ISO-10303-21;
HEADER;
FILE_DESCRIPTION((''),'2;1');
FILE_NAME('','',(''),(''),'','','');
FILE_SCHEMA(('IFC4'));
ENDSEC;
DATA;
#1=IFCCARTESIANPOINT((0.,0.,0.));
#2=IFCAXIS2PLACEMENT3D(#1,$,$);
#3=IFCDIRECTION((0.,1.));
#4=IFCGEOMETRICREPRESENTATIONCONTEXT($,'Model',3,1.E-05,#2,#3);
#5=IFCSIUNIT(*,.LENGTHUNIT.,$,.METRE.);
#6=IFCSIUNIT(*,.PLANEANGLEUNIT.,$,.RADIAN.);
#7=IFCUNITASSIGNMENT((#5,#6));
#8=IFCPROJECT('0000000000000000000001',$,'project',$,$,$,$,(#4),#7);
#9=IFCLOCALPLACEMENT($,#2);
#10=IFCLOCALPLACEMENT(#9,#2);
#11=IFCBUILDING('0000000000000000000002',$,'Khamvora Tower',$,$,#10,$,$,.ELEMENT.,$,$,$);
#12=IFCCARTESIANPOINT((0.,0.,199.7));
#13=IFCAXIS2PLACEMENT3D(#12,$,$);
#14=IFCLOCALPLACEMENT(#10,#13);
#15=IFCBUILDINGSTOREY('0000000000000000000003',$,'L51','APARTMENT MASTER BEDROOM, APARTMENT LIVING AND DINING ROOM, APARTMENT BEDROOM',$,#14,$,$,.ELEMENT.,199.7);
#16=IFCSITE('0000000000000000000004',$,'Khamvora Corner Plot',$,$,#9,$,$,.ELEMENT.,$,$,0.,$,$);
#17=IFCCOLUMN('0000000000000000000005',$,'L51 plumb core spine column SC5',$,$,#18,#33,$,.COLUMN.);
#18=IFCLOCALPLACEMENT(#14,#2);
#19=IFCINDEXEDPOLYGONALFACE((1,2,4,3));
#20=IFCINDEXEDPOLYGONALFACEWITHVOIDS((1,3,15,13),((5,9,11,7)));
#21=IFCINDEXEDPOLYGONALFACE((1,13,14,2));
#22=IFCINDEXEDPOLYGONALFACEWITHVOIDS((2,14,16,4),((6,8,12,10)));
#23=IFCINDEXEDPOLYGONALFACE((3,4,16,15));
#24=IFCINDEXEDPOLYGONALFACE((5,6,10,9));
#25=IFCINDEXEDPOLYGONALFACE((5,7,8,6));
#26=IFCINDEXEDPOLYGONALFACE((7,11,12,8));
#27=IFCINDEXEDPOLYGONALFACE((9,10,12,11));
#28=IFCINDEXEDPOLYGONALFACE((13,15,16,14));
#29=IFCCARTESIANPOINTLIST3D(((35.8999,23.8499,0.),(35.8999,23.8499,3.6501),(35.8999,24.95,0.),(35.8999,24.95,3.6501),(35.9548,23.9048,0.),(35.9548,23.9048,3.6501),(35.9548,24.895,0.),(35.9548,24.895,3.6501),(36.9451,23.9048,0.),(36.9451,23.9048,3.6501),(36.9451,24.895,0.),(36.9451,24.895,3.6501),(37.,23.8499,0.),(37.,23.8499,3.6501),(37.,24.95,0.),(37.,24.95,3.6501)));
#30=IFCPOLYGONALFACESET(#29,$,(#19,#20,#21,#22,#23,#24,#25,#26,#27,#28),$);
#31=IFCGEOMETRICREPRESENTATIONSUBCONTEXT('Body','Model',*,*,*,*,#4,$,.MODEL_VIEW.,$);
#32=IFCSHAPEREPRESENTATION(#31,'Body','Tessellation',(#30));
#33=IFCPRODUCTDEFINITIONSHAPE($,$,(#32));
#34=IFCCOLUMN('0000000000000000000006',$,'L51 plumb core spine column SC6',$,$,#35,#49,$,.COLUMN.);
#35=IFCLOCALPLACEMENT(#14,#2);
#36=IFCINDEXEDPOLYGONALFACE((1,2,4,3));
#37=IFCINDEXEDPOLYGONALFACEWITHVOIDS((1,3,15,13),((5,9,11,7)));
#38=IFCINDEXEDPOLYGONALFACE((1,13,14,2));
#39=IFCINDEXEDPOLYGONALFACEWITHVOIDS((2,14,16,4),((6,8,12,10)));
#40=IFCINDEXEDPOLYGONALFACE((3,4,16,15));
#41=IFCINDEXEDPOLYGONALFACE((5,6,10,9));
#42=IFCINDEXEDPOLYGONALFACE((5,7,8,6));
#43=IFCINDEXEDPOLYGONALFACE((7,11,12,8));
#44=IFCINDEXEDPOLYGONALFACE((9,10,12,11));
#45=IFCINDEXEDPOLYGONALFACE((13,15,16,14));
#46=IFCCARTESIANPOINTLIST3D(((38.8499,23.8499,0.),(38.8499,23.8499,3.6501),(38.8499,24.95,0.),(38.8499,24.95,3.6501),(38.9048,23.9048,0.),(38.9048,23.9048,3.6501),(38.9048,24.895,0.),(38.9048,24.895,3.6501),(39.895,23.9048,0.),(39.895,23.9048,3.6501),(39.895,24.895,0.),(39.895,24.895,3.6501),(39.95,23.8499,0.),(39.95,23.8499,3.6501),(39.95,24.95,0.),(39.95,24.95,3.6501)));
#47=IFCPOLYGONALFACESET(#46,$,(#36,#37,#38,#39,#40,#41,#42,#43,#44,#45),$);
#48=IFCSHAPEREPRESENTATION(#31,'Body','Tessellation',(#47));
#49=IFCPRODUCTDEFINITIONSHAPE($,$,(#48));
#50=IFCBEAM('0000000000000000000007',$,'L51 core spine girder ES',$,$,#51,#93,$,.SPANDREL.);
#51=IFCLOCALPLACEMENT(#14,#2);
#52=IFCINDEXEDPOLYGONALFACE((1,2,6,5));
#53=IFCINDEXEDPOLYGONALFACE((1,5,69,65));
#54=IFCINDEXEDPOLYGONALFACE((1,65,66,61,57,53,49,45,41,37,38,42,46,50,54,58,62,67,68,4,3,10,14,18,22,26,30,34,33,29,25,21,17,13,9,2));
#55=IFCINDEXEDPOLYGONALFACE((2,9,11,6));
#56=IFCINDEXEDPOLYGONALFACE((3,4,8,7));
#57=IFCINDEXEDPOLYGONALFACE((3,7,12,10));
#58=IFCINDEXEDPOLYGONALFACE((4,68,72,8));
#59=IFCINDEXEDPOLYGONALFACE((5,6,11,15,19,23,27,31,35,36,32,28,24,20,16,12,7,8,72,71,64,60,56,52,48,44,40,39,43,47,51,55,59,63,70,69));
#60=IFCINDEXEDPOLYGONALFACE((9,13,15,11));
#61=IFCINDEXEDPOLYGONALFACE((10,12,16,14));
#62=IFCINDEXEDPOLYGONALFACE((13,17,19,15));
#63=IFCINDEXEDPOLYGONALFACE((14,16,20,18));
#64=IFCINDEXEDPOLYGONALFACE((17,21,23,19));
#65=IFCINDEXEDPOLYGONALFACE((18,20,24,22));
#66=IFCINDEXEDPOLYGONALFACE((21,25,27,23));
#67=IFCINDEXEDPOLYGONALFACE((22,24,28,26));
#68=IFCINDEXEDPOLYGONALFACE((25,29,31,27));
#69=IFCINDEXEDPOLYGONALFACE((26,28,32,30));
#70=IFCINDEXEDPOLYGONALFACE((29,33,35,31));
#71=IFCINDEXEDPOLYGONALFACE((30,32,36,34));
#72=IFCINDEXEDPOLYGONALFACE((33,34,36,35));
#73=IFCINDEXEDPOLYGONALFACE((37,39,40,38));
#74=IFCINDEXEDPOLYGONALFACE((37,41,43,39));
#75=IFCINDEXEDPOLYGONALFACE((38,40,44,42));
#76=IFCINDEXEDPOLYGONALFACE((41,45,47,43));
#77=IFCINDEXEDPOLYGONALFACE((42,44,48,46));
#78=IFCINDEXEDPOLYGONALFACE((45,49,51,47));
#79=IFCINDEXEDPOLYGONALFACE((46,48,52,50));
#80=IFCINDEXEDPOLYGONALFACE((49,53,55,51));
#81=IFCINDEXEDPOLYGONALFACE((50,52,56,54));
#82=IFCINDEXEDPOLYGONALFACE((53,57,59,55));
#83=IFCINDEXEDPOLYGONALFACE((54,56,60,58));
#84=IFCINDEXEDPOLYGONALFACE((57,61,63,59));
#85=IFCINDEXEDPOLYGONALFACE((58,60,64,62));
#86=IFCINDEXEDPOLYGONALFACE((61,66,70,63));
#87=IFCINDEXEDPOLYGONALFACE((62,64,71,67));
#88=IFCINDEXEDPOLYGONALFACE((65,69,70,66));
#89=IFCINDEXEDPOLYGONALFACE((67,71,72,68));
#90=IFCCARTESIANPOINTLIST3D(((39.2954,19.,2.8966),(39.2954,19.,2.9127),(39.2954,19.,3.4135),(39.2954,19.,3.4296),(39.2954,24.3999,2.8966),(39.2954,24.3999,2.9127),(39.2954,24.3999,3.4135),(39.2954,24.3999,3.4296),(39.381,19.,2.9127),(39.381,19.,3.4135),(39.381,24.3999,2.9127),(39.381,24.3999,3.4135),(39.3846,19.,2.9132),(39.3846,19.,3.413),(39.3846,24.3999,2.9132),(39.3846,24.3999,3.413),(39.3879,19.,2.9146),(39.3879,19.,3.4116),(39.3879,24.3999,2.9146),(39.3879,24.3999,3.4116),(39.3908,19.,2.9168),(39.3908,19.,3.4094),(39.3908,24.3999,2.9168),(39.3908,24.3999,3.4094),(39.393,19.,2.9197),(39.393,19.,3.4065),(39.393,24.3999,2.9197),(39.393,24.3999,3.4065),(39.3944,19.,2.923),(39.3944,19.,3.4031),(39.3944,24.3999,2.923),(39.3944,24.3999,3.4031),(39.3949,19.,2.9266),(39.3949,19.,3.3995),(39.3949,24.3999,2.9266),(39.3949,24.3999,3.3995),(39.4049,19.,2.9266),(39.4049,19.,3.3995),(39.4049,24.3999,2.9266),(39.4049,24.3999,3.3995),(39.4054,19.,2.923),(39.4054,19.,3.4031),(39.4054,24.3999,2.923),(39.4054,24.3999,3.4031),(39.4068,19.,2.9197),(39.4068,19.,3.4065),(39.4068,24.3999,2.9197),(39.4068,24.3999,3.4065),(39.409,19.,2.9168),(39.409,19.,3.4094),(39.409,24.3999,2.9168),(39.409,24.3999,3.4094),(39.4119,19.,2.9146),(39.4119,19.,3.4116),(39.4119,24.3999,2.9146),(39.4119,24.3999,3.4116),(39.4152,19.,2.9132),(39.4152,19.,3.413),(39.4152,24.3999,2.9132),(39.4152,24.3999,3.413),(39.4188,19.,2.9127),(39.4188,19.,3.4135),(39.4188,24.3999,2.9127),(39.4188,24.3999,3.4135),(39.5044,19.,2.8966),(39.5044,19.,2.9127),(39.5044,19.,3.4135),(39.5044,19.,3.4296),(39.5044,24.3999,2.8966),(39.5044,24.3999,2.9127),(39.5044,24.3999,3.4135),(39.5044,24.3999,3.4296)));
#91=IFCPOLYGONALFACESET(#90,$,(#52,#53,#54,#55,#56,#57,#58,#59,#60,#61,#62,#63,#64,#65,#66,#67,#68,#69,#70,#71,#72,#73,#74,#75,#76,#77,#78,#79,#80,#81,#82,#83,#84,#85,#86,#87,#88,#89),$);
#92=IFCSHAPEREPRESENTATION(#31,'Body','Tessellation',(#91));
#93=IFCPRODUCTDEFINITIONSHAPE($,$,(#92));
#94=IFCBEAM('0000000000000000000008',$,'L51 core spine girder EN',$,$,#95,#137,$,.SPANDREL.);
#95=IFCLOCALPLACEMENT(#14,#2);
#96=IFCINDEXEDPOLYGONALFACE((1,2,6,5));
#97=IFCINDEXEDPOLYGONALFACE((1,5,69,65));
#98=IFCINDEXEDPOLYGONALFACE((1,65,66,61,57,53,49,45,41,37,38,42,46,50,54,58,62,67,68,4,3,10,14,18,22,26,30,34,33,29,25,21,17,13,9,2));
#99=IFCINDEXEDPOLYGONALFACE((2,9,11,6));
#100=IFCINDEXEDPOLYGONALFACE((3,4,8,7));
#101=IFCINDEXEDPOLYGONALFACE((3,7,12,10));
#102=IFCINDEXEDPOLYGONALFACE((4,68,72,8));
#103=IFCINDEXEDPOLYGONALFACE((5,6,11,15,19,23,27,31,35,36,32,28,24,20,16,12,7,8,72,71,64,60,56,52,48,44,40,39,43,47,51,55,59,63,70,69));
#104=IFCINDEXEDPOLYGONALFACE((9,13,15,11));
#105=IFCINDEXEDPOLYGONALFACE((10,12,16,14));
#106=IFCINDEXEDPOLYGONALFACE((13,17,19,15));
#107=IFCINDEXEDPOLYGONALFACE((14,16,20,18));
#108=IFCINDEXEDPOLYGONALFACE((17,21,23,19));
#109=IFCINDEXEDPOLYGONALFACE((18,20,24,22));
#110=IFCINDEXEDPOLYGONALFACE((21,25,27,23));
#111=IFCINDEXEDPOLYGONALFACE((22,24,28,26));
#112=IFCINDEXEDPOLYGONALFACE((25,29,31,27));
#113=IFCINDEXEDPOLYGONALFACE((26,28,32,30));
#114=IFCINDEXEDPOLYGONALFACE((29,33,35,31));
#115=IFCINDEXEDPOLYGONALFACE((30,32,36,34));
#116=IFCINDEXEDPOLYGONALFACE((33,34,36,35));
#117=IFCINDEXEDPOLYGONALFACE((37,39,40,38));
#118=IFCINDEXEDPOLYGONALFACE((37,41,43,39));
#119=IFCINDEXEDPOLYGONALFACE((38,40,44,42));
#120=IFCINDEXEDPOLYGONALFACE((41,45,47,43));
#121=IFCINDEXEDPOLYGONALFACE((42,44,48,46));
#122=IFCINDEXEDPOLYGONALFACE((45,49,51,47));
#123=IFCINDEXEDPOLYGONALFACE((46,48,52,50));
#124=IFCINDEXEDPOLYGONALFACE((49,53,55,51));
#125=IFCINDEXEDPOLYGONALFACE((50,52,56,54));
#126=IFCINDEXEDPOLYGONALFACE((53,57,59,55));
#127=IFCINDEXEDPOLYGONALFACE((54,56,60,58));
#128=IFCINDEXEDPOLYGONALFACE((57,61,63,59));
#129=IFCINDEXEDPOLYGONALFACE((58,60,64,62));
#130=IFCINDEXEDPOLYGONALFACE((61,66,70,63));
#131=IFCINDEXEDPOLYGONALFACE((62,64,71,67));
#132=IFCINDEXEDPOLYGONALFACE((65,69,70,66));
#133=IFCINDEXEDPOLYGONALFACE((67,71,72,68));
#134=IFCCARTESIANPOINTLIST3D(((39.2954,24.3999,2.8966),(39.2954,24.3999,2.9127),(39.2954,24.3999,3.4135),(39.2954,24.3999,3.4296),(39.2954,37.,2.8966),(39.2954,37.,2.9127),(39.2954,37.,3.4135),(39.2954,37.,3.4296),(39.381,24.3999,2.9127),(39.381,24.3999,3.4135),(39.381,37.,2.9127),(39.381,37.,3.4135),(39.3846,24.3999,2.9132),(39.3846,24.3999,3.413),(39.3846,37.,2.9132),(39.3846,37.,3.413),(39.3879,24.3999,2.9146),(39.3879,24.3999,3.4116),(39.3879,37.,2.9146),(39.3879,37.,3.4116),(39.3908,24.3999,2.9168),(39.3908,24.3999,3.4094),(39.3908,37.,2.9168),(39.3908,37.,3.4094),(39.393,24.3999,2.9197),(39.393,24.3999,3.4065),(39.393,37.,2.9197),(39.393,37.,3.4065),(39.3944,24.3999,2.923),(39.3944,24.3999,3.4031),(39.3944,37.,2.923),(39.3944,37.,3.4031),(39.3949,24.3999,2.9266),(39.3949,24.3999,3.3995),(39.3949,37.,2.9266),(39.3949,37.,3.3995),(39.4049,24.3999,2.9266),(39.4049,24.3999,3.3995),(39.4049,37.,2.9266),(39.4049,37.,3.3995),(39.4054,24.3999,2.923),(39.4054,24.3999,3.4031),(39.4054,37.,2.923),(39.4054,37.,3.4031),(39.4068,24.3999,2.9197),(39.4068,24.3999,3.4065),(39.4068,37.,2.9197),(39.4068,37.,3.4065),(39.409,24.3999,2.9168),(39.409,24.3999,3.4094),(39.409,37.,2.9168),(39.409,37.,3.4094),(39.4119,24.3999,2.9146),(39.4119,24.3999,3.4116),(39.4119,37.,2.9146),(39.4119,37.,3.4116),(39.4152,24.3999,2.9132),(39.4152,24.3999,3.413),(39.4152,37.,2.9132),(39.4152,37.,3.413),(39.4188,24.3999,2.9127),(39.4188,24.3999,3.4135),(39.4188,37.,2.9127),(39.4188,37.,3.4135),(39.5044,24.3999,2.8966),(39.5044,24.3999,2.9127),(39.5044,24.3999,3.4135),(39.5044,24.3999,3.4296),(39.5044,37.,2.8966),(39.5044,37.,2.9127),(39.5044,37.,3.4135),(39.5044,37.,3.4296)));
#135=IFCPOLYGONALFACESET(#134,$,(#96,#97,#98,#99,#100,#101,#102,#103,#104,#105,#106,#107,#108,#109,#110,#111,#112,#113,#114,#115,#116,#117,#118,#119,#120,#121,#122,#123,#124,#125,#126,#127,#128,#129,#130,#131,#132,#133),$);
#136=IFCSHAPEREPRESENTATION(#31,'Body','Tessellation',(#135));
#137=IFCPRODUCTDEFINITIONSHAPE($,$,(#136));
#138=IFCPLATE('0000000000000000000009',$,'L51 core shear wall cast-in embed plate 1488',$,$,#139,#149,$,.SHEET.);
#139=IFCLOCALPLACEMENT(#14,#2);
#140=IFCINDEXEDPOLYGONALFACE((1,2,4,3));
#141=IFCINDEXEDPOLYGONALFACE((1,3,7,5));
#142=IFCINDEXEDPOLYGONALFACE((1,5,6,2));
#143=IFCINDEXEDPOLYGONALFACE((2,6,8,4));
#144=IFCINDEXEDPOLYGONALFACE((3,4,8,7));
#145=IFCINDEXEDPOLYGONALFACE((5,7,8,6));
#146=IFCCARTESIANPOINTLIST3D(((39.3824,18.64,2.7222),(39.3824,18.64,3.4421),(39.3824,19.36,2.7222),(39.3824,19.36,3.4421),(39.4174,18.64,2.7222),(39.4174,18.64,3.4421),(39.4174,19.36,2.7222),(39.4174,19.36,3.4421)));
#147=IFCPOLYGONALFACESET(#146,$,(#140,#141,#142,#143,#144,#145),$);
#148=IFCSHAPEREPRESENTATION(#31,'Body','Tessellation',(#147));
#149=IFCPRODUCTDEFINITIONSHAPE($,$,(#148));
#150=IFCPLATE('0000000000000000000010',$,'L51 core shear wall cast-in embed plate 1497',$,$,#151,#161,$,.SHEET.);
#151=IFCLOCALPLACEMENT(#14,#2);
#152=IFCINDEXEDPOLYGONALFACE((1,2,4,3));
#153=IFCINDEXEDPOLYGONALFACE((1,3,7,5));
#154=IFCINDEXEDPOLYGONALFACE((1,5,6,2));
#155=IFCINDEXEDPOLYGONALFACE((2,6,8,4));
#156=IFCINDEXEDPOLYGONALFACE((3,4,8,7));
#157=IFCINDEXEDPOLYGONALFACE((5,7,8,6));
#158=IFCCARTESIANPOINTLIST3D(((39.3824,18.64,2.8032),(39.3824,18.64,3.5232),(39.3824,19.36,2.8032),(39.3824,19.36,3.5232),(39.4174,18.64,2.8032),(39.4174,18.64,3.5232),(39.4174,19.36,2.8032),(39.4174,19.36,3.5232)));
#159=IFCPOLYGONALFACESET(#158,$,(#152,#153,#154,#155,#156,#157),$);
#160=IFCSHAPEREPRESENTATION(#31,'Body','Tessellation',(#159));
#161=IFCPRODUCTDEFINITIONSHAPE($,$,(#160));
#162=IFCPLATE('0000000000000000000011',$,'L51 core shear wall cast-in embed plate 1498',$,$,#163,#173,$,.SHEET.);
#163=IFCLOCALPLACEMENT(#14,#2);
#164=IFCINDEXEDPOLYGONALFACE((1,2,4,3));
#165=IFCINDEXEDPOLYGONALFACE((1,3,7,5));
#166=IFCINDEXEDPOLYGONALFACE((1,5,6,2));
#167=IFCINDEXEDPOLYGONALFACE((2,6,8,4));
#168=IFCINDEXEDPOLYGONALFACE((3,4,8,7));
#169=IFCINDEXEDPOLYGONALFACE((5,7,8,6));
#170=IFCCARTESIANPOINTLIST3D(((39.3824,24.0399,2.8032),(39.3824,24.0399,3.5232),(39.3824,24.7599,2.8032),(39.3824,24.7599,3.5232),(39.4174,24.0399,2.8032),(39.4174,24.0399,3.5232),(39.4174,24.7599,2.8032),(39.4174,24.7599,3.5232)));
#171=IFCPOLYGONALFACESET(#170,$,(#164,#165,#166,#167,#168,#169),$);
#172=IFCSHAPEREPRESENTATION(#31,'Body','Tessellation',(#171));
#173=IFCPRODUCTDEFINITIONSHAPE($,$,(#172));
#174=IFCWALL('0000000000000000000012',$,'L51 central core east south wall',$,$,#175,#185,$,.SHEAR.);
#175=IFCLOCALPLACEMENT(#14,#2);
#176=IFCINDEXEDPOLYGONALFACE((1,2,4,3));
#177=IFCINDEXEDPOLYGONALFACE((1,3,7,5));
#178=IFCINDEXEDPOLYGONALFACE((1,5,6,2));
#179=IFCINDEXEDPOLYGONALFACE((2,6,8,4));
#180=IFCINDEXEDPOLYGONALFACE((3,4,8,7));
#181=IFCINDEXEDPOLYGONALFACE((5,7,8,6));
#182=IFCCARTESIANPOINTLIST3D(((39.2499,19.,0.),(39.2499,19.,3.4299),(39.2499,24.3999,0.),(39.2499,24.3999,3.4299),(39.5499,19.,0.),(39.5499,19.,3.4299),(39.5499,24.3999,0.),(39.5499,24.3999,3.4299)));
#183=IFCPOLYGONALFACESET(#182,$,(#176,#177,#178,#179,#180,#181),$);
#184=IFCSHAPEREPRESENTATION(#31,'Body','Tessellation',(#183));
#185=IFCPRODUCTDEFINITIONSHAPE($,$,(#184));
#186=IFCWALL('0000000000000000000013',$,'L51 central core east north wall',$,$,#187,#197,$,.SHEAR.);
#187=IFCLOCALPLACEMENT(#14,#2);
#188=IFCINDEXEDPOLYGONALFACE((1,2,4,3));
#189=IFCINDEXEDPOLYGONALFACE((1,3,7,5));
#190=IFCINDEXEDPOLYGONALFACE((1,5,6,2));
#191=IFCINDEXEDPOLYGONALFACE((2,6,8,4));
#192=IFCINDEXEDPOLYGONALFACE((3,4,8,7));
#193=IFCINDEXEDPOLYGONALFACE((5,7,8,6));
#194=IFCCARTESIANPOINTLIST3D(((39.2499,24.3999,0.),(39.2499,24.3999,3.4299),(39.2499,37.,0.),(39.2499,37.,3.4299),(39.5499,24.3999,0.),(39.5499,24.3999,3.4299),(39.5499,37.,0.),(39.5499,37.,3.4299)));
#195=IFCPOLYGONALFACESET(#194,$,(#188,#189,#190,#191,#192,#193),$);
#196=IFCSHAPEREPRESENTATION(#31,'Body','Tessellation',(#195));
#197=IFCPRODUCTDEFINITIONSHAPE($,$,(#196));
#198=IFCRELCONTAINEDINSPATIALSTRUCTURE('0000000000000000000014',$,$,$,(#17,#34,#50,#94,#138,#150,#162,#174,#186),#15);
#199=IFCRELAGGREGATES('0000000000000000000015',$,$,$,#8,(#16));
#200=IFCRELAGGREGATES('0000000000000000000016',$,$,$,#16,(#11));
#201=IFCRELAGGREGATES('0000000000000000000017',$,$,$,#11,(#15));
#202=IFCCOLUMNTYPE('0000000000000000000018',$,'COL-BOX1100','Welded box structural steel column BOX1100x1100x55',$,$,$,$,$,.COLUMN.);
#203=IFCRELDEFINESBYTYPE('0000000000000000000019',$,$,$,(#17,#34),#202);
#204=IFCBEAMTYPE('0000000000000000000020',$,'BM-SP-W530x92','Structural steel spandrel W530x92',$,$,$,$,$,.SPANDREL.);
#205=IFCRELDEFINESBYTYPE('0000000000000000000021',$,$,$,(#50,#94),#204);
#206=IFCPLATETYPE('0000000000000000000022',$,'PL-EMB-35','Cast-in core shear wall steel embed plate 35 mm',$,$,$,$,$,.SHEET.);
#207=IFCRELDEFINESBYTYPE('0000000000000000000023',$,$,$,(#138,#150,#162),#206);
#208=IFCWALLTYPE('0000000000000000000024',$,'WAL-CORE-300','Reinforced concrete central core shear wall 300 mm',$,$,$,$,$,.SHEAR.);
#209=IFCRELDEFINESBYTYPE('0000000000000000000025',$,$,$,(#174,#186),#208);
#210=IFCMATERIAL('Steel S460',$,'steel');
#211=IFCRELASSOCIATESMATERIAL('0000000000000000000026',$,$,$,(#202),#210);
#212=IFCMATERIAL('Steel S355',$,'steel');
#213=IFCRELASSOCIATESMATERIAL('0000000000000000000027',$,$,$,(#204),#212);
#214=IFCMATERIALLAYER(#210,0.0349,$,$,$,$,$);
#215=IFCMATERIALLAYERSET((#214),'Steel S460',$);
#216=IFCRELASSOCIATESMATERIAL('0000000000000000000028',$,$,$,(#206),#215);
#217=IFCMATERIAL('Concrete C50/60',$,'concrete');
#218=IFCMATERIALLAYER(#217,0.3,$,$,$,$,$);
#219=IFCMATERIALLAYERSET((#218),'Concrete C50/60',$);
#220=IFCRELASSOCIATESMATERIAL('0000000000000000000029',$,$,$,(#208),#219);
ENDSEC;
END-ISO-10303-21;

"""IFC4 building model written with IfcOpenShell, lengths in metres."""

from ifc_helpers import new_model, si_unit, direction, frame, frame_2d, origin, origin_2d, place, context, subcontext, project, spatial, rectangle, hollow_rectangle, i_section, extrude, material, layer, layer_set, material_profile, profile_set, type_object, element, save


model = new_model("IFC4")

# Units and contexts
model_context = context("Model", 3, precision=1e-05, world=origin(), true_north=direction((0.0, 1.0)))
body_context = subcontext(model_context, "Body", "Model", "MODEL_VIEW")
ifc_project = project(units=[si_unit("LENGTHUNIT", "METRE"), si_unit("PLANEANGLEUNIT", "RADIAN")], contexts=[model_context])

# Site, building, storey
site_placement = place(None, origin())
site = spatial("IfcSite", under=ifc_project, at=site_placement, Name="Khamvora Corner Plot", CompositionType="ELEMENT", RefElevation=0.0)
building_placement = place(site_placement, origin())
building = spatial("IfcBuilding", under=site, at=building_placement, Name="Khamvora Tower", CompositionType="ELEMENT")
storey_placement = place(building_placement, frame((0.0, 0.0, 199.7)))
storey = spatial("IfcBuildingStorey", under=building, at=storey_placement, Name="L51", Description="APARTMENT MASTER BEDROOM, APARTMENT LIVING AND DINING ROOM, APARTMENT BEDROOM", CompositionType="ELEMENT", Elevation=199.7)

# Columns
ifc_material_1 = material(Name="Steel S460", Category="steel")
ifc_material_profile_1 = material_profile(ifc_material_1, hollow_rectangle(XDim=1.1001, YDim=1.1001, WallThickness=0.0549, at=origin_2d()), Name="BOX1100x1100x55")
ifc_profile_set_1 = profile_set([ifc_material_profile_1], Name="Steel S460")
column_type = type_object("IfcColumnType", Name="COL-BOX1100", Description="Welded box structural steel column BOX1100x1100x55", PredefinedType="COLUMN", material=ifc_profile_set_1)
for number, where, z_axis, x_axis, name in (
    (1, (36.45, 24.3999, 0.0), (0.0, 0.0, 1.0), (1.0, 0.0, 0.0), "L51 plumb core spine column SC5"),
    (2, (39.3999, 24.3999, 0.0), (0.0, 0.0, 1.0), (1.0, 0.0, 0.0), "L51 plumb core spine column SC6"),
):
    element("IfcColumn", number, at=place(storey_placement, frame(where, z_axis=z_axis, x_axis=x_axis)), inside=storey, type_object=column_type, Name=name, PredefinedType="COLUMN", context=body_context, shape_type="SweptSolid", body=[
        extrude(hollow_rectangle(XDim=1.1001, YDim=1.1001, WallThickness=0.0549, at=origin_2d()), origin(), (0.0, 0.0, 1.0), 3.6501),
    ])

# Beams
ifc_material_2 = material(Name="Steel S355", Category="steel")
ifc_material_profile_2 = material_profile(ifc_material_2, i_section(OverallWidth=0.209, OverallDepth=0.533, WebThickness=0.01, FlangeThickness=0.0161, FilletRadius=0.0139, at=origin_2d()), Name="W530x92")
ifc_profile_set_2 = profile_set([ifc_material_profile_2], Name="Steel S355")
beam_type = type_object("IfcBeamType", Name="BM-SP-W530x92", Description="Structural steel spandrel W530x92", PredefinedType="SPANDREL", material=ifc_profile_set_2)
beam_1_placement = place(storey_placement, frame((39.3999, 19.0, 3.1631), z_axis=(0.0, 1.0, 0.0), x_axis=(-1.0, 0.0, 0.0)))
element("IfcBeam", 3, at=beam_1_placement, inside=storey, type_object=beam_type, Name="L51 core spine girder ES", PredefinedType="SPANDREL", context=body_context, shape_type="SweptSolid", body=[
    extrude(i_section(OverallWidth=0.209, OverallDepth=0.533, WebThickness=0.01, FlangeThickness=0.0161, FilletRadius=0.0139, at=origin_2d()), origin(), (0.0, 0.0, 1.0), 5.3999),
])
beam_2_placement = place(storey_placement, frame((39.3999, 24.3999, 3.1631), z_axis=(0.0, 1.0, 0.0), x_axis=(-1.0, 0.0, 0.0)))
element("IfcBeam", 4, at=beam_2_placement, inside=storey, type_object=beam_type, Name="L51 core spine girder EN", PredefinedType="SPANDREL", context=body_context, shape_type="SweptSolid", body=[
    extrude(i_section(OverallWidth=0.209, OverallDepth=0.533, WebThickness=0.01, FlangeThickness=0.0161, FilletRadius=0.0139, at=origin_2d()), origin(), (0.0, 0.0, 1.0), 12.6001),
])

# Plates
ifc_layer_1 = layer(ifc_material_1, 0.0349)
ifc_layer_set_1 = layer_set([ifc_layer_1], Name="Steel S460")
plate_type = type_object("IfcPlateType", Name="PL-EMB-35", Description="Cast-in core shear wall steel embed plate 35 mm", PredefinedType="SHEET", material=ifc_layer_set_1)
for number, where, z_axis, x_axis, name in (
    (5, (39.3999, 19.0, 2.7222), (0.0, 0.0, 1.0), (1.0, 0.0, 0.0), "L51 core shear wall cast-in embed plate 1488"),
    (6, (39.3999, 19.0, 2.8032), (0.0, 0.0, 1.0), (1.0, 0.0, 0.0), "L51 core shear wall cast-in embed plate 1497"),
    (7, (39.3999, 24.3999, 2.8032), (0.0, 0.0, 1.0), (1.0, 0.0, 0.0), "L51 core shear wall cast-in embed plate 1498"),
):
    element("IfcPlate", number, at=place(storey_placement, frame(where, z_axis=z_axis, x_axis=x_axis)), inside=storey, type_object=plate_type, Name=name, PredefinedType="SHEET", context=body_context, shape_type="SweptSolid", body=[
        extrude(rectangle(XDim=0.0349, YDim=0.72, at=origin_2d()), origin(), (0.0, 0.0, 1.0), 0.72),
    ])

# Walls
ifc_material_3 = material(Name="Concrete C50/60", Category="concrete")
ifc_layer_2 = layer(ifc_material_3, 0.3)
ifc_layer_set_2 = layer_set([ifc_layer_2], Name="Concrete C50/60")
wall_type_1 = type_object("IfcWallType", Name="WAL-CORE-300", Description="Reinforced concrete central core shear wall 300 mm", PredefinedType="SHEAR", material=ifc_layer_set_2)
wall_1_placement = place(storey_placement, frame((39.3999, 19.0, 0.0), z_axis=(0.0, 0.0, 1.0), x_axis=(0.0, 1.0, 0.0)))
element("IfcWall", 8, at=wall_1_placement, inside=storey, type_object=wall_type_1, Name="L51 central core east south wall", PredefinedType="SHEAR", context=body_context, shape_type="SweptSolid", body=[
    extrude(rectangle(XDim=5.3999, YDim=0.3, at=frame_2d((2.7, 0.0))), origin(), (0.0, 0.0, 1.0), 3.4299),
])
wall_2_placement = place(storey_placement, frame((39.3999, 24.3999, 0.0), z_axis=(0.0, 0.0, 1.0), x_axis=(0.0, 1.0, 0.0)))
element("IfcWall", 9, at=wall_2_placement, inside=storey, type_object=wall_type_1, Name="L51 central core east north wall", PredefinedType="SHEAR", context=body_context, shape_type="SweptSolid", body=[
    extrude(rectangle(XDim=12.6001, YDim=0.3, at=frame_2d((6.3, 0.0))), origin(), (0.0, 0.0, 1.0), 3.4299),
])

save(model, "model.ifc")
